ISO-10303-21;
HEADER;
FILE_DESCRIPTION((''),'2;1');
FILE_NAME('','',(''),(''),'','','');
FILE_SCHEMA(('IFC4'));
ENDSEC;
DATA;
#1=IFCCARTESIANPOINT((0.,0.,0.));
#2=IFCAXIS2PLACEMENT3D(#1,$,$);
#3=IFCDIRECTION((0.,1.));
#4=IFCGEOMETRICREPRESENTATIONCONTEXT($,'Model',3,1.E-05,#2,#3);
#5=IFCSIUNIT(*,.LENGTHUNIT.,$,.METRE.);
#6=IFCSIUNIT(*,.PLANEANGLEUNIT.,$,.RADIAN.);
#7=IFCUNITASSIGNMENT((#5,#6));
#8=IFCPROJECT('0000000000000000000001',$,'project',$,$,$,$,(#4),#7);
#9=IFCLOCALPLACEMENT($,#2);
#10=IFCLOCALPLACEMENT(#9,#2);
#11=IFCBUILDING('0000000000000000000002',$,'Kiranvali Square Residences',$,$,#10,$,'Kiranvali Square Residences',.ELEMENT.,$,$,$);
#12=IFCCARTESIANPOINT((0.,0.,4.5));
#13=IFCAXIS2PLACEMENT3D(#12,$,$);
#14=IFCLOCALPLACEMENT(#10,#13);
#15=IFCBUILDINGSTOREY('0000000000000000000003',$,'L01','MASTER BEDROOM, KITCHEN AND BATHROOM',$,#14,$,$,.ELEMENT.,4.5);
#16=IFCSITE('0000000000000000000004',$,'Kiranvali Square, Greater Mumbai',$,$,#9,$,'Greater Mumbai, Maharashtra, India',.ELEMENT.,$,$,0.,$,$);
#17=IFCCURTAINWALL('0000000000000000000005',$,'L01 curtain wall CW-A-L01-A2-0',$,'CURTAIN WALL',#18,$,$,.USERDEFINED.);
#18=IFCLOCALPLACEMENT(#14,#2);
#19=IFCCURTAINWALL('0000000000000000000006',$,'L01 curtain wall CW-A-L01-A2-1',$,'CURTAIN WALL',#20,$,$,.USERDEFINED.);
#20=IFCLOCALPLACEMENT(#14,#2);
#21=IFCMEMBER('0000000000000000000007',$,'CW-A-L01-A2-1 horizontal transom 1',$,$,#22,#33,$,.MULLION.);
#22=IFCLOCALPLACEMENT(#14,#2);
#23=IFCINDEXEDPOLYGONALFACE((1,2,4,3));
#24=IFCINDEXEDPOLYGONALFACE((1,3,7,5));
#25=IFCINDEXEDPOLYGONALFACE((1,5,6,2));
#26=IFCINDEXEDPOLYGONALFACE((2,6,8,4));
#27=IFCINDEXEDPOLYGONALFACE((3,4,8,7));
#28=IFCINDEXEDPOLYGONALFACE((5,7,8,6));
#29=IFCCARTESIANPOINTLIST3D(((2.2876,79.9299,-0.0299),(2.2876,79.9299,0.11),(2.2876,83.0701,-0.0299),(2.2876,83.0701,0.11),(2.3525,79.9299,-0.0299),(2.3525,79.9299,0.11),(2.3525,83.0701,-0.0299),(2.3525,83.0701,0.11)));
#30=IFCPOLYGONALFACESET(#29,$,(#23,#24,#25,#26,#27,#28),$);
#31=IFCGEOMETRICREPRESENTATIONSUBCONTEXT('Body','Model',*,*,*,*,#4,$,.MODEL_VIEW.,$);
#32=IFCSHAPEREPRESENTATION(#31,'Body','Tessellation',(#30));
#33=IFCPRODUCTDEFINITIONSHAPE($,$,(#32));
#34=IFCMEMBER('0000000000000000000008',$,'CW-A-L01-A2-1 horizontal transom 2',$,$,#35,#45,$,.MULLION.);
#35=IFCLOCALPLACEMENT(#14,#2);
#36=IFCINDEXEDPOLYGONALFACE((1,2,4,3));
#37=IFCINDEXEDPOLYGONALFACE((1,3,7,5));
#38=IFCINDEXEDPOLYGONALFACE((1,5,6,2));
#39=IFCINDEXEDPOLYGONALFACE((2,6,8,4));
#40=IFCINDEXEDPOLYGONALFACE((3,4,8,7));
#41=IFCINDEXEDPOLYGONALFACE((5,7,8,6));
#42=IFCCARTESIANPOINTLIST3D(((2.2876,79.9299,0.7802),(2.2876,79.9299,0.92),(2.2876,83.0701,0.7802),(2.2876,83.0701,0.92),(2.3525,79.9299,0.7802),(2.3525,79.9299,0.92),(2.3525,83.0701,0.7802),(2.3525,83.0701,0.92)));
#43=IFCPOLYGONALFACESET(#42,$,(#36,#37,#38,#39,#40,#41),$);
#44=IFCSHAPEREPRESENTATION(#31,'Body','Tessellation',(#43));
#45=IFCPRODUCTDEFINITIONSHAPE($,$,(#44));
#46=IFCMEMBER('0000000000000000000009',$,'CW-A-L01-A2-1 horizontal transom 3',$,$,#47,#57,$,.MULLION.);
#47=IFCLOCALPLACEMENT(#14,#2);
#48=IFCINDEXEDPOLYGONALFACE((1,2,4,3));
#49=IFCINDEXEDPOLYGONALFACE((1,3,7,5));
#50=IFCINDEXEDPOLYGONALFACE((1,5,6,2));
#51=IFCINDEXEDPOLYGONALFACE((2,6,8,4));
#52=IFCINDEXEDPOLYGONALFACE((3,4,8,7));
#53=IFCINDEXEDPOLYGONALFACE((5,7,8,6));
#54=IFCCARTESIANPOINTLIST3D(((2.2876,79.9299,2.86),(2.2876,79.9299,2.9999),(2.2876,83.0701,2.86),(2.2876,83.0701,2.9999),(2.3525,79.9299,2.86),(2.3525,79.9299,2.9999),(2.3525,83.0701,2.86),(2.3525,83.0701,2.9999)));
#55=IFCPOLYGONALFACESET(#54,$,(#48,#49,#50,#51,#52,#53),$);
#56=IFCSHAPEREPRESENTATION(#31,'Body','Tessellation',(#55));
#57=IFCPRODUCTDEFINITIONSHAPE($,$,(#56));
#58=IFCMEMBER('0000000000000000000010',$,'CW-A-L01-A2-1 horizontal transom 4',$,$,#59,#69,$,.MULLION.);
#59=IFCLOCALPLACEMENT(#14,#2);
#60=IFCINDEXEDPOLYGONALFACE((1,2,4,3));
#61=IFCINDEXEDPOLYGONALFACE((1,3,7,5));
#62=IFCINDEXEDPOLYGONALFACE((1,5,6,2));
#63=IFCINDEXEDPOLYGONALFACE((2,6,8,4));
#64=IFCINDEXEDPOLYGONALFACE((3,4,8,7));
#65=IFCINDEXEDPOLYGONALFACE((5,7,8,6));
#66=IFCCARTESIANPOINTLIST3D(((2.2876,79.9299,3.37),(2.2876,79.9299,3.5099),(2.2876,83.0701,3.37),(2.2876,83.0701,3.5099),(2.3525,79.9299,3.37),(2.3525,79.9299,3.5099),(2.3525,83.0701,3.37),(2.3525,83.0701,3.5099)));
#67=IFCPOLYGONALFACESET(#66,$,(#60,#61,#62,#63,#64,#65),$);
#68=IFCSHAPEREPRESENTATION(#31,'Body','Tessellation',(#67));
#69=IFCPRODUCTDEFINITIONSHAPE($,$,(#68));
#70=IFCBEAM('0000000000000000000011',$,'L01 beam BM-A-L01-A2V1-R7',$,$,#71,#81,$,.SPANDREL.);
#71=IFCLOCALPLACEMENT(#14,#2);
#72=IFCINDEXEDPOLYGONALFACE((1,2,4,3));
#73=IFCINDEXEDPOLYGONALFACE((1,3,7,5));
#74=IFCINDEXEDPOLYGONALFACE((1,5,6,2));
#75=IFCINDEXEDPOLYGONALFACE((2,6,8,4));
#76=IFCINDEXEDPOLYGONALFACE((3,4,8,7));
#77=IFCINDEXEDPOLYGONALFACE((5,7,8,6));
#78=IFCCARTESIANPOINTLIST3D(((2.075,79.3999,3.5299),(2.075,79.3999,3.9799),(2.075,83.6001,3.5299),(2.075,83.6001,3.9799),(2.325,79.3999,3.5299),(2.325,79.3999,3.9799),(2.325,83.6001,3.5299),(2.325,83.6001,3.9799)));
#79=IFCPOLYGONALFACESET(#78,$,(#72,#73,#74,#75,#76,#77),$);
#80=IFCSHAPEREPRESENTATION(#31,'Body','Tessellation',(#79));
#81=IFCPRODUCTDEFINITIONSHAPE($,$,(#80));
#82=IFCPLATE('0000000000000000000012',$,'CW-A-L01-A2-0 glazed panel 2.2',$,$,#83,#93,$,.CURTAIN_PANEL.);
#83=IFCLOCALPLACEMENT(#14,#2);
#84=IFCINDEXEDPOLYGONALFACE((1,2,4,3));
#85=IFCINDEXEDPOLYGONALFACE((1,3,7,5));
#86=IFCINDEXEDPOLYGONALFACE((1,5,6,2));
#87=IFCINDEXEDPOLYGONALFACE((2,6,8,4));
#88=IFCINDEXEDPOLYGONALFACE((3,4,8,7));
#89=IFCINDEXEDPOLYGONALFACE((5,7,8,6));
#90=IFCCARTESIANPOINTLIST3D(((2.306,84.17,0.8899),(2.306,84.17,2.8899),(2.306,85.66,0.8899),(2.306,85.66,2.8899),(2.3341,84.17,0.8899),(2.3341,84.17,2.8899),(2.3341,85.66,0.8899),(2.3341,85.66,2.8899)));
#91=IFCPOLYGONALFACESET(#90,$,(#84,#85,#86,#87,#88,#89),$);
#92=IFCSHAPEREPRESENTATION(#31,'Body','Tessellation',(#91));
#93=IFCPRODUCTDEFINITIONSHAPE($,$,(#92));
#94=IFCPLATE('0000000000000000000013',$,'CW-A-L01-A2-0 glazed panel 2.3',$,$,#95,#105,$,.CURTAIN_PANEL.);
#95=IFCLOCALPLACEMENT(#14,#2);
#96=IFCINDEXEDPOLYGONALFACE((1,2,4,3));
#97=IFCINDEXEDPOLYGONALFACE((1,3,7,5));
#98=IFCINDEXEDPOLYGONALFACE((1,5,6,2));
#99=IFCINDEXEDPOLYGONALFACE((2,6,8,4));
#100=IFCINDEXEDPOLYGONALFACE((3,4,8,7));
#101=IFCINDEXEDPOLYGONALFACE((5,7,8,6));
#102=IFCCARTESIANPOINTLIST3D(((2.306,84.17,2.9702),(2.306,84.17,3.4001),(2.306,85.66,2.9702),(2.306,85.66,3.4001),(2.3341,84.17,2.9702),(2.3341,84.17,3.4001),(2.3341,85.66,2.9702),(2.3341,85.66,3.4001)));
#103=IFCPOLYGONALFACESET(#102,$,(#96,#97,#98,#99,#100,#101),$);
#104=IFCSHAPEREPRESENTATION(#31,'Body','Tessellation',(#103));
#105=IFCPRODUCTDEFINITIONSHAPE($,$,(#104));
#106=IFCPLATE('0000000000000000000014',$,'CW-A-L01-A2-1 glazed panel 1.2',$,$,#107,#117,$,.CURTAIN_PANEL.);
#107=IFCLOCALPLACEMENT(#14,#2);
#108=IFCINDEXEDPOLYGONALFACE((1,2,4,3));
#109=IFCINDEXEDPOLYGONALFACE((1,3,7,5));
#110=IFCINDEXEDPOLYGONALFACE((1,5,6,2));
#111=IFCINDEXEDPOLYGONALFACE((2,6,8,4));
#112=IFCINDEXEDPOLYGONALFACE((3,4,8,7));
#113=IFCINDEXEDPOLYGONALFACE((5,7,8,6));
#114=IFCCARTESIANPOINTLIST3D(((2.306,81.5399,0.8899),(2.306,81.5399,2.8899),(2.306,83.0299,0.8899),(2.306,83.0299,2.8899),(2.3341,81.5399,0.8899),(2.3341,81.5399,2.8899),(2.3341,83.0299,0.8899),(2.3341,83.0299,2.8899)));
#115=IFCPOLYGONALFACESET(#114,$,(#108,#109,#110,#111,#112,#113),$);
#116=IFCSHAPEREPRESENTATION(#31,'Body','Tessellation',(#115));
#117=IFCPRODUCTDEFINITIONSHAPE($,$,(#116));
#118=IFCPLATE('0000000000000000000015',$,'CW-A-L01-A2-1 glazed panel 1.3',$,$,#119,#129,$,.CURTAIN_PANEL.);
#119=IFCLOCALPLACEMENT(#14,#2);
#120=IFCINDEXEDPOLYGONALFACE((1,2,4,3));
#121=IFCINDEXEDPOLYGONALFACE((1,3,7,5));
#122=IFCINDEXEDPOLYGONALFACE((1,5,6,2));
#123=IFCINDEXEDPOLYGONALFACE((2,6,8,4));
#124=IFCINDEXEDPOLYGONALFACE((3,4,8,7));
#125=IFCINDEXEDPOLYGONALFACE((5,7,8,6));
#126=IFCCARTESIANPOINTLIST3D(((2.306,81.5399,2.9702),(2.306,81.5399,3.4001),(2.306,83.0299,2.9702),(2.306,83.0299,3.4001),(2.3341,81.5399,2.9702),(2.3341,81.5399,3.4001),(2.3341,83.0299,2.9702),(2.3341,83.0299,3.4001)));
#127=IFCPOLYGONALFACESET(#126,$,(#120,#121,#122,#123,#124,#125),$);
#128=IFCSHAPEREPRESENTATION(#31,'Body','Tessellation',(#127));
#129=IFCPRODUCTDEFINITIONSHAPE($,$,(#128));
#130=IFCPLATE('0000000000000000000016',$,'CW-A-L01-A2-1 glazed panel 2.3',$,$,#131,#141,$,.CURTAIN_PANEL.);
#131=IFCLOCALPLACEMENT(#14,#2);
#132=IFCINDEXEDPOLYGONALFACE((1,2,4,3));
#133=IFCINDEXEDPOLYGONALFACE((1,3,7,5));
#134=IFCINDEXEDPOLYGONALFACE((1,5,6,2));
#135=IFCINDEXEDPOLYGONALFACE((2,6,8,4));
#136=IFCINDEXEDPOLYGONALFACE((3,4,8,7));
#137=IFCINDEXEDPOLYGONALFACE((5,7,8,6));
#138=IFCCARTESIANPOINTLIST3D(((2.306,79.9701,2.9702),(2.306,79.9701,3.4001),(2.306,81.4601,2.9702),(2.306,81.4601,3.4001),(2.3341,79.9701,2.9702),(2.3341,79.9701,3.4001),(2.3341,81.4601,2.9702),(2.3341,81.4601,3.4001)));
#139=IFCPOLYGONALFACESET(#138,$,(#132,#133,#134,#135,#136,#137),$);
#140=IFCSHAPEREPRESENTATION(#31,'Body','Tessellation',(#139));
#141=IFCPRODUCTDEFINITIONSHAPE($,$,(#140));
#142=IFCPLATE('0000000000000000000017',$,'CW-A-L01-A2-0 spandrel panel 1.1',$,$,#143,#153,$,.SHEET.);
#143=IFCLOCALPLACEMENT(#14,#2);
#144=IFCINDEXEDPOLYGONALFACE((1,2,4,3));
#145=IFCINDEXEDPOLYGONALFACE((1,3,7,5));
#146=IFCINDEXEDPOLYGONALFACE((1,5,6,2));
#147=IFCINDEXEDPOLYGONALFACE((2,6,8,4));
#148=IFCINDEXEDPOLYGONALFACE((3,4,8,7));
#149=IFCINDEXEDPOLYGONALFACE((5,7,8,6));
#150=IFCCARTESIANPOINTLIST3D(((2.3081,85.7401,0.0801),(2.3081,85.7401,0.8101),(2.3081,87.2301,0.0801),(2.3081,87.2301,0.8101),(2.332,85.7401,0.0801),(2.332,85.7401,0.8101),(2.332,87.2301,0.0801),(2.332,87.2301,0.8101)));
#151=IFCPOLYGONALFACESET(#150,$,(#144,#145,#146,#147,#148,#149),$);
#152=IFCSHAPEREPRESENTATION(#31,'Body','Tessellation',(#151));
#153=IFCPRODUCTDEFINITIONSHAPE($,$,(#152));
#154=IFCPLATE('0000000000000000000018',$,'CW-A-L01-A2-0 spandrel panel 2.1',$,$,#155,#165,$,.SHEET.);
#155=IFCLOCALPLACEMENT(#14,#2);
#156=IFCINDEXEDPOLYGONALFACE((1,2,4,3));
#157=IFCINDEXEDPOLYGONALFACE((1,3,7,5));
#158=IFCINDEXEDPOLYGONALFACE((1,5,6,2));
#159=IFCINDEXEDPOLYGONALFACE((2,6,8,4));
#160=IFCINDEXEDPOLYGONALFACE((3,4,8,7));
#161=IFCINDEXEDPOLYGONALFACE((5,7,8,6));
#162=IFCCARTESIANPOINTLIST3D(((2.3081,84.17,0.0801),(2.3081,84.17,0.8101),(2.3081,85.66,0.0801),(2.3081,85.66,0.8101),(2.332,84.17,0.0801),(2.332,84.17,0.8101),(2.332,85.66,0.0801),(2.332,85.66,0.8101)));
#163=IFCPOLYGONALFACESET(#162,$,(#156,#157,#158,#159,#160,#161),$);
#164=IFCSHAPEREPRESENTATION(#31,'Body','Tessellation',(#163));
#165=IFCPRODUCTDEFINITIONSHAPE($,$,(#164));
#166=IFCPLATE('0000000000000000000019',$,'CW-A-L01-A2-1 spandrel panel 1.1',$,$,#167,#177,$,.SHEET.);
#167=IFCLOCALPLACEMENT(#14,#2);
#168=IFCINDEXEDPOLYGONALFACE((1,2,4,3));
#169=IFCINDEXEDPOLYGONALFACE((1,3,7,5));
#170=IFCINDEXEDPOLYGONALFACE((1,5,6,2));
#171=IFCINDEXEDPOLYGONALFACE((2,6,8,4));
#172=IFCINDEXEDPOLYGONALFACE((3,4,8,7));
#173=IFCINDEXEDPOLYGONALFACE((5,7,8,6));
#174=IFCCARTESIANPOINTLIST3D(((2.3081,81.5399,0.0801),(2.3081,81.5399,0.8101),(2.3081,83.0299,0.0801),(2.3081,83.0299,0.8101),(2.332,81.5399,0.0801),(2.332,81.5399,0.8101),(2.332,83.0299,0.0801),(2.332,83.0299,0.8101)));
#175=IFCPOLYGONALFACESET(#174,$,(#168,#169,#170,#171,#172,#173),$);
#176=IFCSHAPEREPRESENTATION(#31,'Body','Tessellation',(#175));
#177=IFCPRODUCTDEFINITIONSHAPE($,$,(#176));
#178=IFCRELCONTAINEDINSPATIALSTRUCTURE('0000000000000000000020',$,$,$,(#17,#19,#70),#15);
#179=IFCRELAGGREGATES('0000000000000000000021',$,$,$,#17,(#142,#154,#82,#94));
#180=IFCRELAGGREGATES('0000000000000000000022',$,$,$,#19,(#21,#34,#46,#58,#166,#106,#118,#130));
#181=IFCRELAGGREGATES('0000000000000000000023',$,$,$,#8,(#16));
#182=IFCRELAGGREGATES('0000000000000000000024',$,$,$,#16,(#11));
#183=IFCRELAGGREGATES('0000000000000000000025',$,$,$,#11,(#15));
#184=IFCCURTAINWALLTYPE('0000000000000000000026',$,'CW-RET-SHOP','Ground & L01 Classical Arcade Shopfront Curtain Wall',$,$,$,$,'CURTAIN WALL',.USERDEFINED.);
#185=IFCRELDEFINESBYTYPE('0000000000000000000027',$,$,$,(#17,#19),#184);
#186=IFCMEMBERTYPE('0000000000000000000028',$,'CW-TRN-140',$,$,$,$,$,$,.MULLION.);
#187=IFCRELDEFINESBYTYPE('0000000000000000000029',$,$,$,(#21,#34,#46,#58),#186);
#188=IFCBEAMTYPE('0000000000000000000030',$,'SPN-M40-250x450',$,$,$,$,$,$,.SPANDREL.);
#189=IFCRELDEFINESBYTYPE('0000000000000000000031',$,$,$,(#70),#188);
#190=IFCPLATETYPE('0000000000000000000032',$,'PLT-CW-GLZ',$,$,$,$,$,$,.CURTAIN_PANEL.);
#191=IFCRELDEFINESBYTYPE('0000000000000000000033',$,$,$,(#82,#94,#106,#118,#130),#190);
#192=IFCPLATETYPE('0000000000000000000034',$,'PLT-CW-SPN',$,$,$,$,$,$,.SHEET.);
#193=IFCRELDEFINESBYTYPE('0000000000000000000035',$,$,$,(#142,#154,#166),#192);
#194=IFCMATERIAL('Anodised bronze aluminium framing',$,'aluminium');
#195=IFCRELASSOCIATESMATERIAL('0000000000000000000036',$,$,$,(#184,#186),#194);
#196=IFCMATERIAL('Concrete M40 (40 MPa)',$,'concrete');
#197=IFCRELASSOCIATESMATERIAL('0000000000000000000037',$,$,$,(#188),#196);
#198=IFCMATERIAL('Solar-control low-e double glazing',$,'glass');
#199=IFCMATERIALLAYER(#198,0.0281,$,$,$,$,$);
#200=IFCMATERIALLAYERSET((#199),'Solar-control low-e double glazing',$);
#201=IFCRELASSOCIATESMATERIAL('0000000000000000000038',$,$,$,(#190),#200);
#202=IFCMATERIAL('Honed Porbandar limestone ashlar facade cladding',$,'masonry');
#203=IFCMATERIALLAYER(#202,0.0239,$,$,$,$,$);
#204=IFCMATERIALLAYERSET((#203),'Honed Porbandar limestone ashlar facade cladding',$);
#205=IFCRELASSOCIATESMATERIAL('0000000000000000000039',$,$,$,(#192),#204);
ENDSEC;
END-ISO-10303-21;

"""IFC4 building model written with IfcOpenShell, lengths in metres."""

from ifc_helpers import new_model, si_unit, direction, frame, origin, origin_2d, place, context, subcontext, project, spatial, rectangle, extrude, material, layer, layer_set, material_profile, profile_set, type_object, element, aggregate, save


model = new_model("IFC4")

# Units and contexts
model_context = context("Model", 3, precision=1e-05, world=origin(), true_north=direction((0.0, 1.0)))
body_context = subcontext(model_context, "Body", "Model", "MODEL_VIEW")
ifc_project = project(units=[si_unit("LENGTHUNIT", "METRE"), si_unit("PLANEANGLEUNIT", "RADIAN")], contexts=[model_context])

# Site, building, storey
site_placement = place(None, origin())
site = spatial("IfcSite", under=ifc_project, at=site_placement, Name="Kiranvali Square, Greater Mumbai", LongName="Greater Mumbai, Maharashtra, India", CompositionType="ELEMENT", RefElevation=0.0)
building_placement = place(site_placement, origin())
building = spatial("IfcBuilding", under=site, at=building_placement, Name="Kiranvali Square Residences", LongName="Kiranvali Square Residences", CompositionType="ELEMENT")
storey_placement = place(building_placement, frame((0.0, 0.0, 4.5)))
storey = spatial("IfcBuildingStorey", under=building, at=storey_placement, Name="L01", Description="MASTER BEDROOM, KITCHEN AND BATHROOM", CompositionType="ELEMENT", Elevation=4.5)

# Shared definitions
ifc_material_1 = material(Name="Concrete M40 (40 MPa)", Category="concrete")

# Curtain walls, members
ifc_material_2 = material(Name="Anodised bronze aluminium framing", Category="aluminium")
curtain_wall_type = type_object("IfcCurtainWallType", Name="CW-RET-SHOP", Description="Ground & L01 Classical Arcade Shopfront Curtain Wall", ElementType="CURTAIN WALL", PredefinedType="USERDEFINED", material=ifc_material_2)
curtain_wall_1_placement = place(storey_placement, origin())
curtain_wall_1 = element("IfcCurtainWall", 1, at=curtain_wall_1_placement, inside=storey, type_object=curtain_wall_type, Name="L01 curtain wall CW-A-L01-A2-0", ObjectType="CURTAIN WALL", PredefinedType="USERDEFINED")
curtain_wall_2_placement = place(storey_placement, origin())
curtain_wall_2 = element("IfcCurtainWall", 2, at=curtain_wall_2_placement, inside=storey, type_object=curtain_wall_type, Name="L01 curtain wall CW-A-L01-A2-1", ObjectType="CURTAIN WALL", PredefinedType="USERDEFINED")
ifc_material_profile_1 = material_profile(ifc_material_2, rectangle(XDim=0.0649, YDim=0.1399, at=origin_2d()), Name="ALU 65x140")
ifc_profile_set_1 = profile_set([ifc_material_profile_1], Name="Anodised bronze aluminium framing")
member_type_1 = type_object("IfcMemberType", Name="CW-TRN-140", PredefinedType="MULLION", material=ifc_profile_set_1)
member_1_placement = place(storey_placement, frame((2.3201, 83.0701, 0.04), z_axis=(0.0, -1.0, 0.0), x_axis=(1.0, 0.0, 0.0)))
member_1 = element("IfcMember", 3, at=member_1_placement, type_object=member_type_1, Name="CW-A-L01-A2-1 horizontal transom 1", PredefinedType="MULLION", context=body_context, shape_type="SweptSolid", body=[
    extrude(rectangle(XDim=0.0649, YDim=0.1399, at=origin_2d()), origin(), (0.0, 0.0, 1.0), 3.1401),
])
member_2_placement = place(storey_placement, frame((2.3201, 83.0701, 0.8501), z_axis=(0.0, -1.0, 0.0), x_axis=(1.0, 0.0, 0.0)))
member_2 = element("IfcMember", 4, at=member_2_placement, type_object=member_type_1, Name="CW-A-L01-A2-1 horizontal transom 2", PredefinedType="MULLION", context=body_context, shape_type="SweptSolid", body=[
    extrude(rectangle(XDim=0.0649, YDim=0.1399, at=origin_2d()), origin(), (0.0, 0.0, 1.0), 3.1401),
])
member_3_placement = place(storey_placement, frame((2.3201, 83.0701, 2.9299), z_axis=(0.0, -1.0, 0.0), x_axis=(1.0, 0.0, 0.0)))
member_3 = element("IfcMember", 5, at=member_3_placement, type_object=member_type_1, Name="CW-A-L01-A2-1 horizontal transom 3", PredefinedType="MULLION", context=body_context, shape_type="SweptSolid", body=[
    extrude(rectangle(XDim=0.0649, YDim=0.1399, at=origin_2d()), origin(), (0.0, 0.0, 1.0), 3.1401),
])
member_4_placement = place(storey_placement, frame((2.3201, 83.0701, 3.4399), z_axis=(0.0, -1.0, 0.0), x_axis=(1.0, 0.0, 0.0)))
member_4 = element("IfcMember", 6, at=member_4_placement, type_object=member_type_1, Name="CW-A-L01-A2-1 horizontal transom 4", PredefinedType="MULLION", context=body_context, shape_type="SweptSolid", body=[
    extrude(rectangle(XDim=0.0649, YDim=0.1399, at=origin_2d()), origin(), (0.0, 0.0, 1.0), 3.1401),
])

# Beam
ifc_material_profile_2 = material_profile(ifc_material_1, rectangle(XDim=0.25, YDim=0.45, at=origin_2d()), Name="RC 250x450")
ifc_profile_set_2 = profile_set([ifc_material_profile_2], Name="Concrete M40 (40 MPa)")
beam_type_1 = type_object("IfcBeamType", Name="SPN-M40-250x450", PredefinedType="SPANDREL", material=ifc_profile_set_2)
beam_placement = place(storey_placement, frame((2.2, 83.6001, 3.7549), z_axis=(0.0, -1.0, 0.0), x_axis=(1.0, 0.0, 0.0)))
element("IfcBeam", 7, at=beam_placement, inside=storey, type_object=beam_type_1, Name="L01 beam BM-A-L01-A2V1-R7", PredefinedType="SPANDREL", context=body_context, shape_type="SweptSolid", body=[
    extrude(rectangle(XDim=0.25, YDim=0.45, at=origin_2d()), origin(), (0.0, 0.0, 1.0), 4.2002),
])

# Plates
ifc_material_3 = material(Name="Solar-control low-e double glazing", Category="glass")
ifc_layer_1 = layer(ifc_material_3, 0.0281)
ifc_layer_set_1 = layer_set([ifc_layer_1], Name="Solar-control low-e double glazing")
plate_type_1 = type_object("IfcPlateType", Name="PLT-CW-GLZ", PredefinedType="CURTAIN_PANEL", material=ifc_layer_set_1)
plate_1_placement = place(storey_placement, frame((2.3201, 84.915, 0.8899), z_axis=(0.0, 0.0, 1.0), x_axis=(0.0, -1.0, 0.0)))
plate_1 = element("IfcPlate", 8, at=plate_1_placement, type_object=plate_type_1, Name="CW-A-L01-A2-0 glazed panel 2.2", PredefinedType="CURTAIN_PANEL", context=body_context, shape_type="SweptSolid", body=[
    extrude(rectangle(XDim=1.49, YDim=0.0281, at=origin_2d()), origin(), (0.0, 0.0, 1.0), 2.0),
])
plate_2_placement = place(storey_placement, frame((2.3201, 84.915, 2.9702), z_axis=(0.0, 0.0, 1.0), x_axis=(0.0, -1.0, 0.0)))
plate_2 = element("IfcPlate", 9, at=plate_2_placement, type_object=plate_type_1, Name="CW-A-L01-A2-0 glazed panel 2.3", PredefinedType="CURTAIN_PANEL", context=body_context, shape_type="SweptSolid", body=[
    extrude(rectangle(XDim=1.49, YDim=0.0281, at=origin_2d()), origin(), (0.0, 0.0, 1.0), 0.4299),
])
plate_3_placement = place(storey_placement, frame((2.3201, 82.2849, 0.8899), z_axis=(0.0, 0.0, 1.0), x_axis=(0.0, -1.0, 0.0)))
plate_3 = element("IfcPlate", 10, at=plate_3_placement, type_object=plate_type_1, Name="CW-A-L01-A2-1 glazed panel 1.2", PredefinedType="CURTAIN_PANEL", context=body_context, shape_type="SweptSolid", body=[
    extrude(rectangle(XDim=1.49, YDim=0.0281, at=origin_2d()), origin(), (0.0, 0.0, 1.0), 2.0),
])
plate_4_placement = place(storey_placement, frame((2.3201, 82.2849, 2.9702), z_axis=(0.0, 0.0, 1.0), x_axis=(0.0, -1.0, 0.0)))
plate_4 = element("IfcPlate", 11, at=plate_4_placement, type_object=plate_type_1, Name="CW-A-L01-A2-1 glazed panel 1.3", PredefinedType="CURTAIN_PANEL", context=body_context, shape_type="SweptSolid", body=[
    extrude(rectangle(XDim=1.49, YDim=0.0281, at=origin_2d()), origin(), (0.0, 0.0, 1.0), 0.4299),
])
plate_5_placement = place(storey_placement, frame((2.3201, 80.7151, 2.9702), z_axis=(0.0, 0.0, 1.0), x_axis=(0.0, -1.0, 0.0)))
plate_5 = element("IfcPlate", 12, at=plate_5_placement, type_object=plate_type_1, Name="CW-A-L01-A2-1 glazed panel 2.3", PredefinedType="CURTAIN_PANEL", context=body_context, shape_type="SweptSolid", body=[
    extrude(rectangle(XDim=1.49, YDim=0.0281, at=origin_2d()), origin(), (0.0, 0.0, 1.0), 0.4299),
])
ifc_material_4 = material(Name="Honed Porbandar limestone ashlar facade cladding", Category="masonry")
ifc_layer_2 = layer(ifc_material_4, 0.0239)
ifc_layer_set_2 = layer_set([ifc_layer_2], Name="Honed Porbandar limestone ashlar facade cladding")
plate_type_2 = type_object("IfcPlateType", Name="PLT-CW-SPN", PredefinedType="SHEET", material=ifc_layer_set_2)
plate_6_placement = place(storey_placement, frame((2.3201, 86.4851, 0.0801), z_axis=(0.0, 0.0, 1.0), x_axis=(0.0, -1.0, 0.0)))
plate_6 = element("IfcPlate", 13, at=plate_6_placement, type_object=plate_type_2, Name="CW-A-L01-A2-0 spandrel panel 1.1", PredefinedType="SHEET", context=body_context, shape_type="SweptSolid", body=[
    extrude(rectangle(XDim=1.49, YDim=0.0239, at=origin_2d()), origin(), (0.0, 0.0, 1.0), 0.73),
])
plate_7_placement = place(storey_placement, frame((2.3201, 84.915, 0.0801), z_axis=(0.0, 0.0, 1.0), x_axis=(0.0, -1.0, 0.0)))
plate_7 = element("IfcPlate", 14, at=plate_7_placement, type_object=plate_type_2, Name="CW-A-L01-A2-0 spandrel panel 2.1", PredefinedType="SHEET", context=body_context, shape_type="SweptSolid", body=[
    extrude(rectangle(XDim=1.49, YDim=0.0239, at=origin_2d()), origin(), (0.0, 0.0, 1.0), 0.73),
])
aggregate(curtain_wall_1, [plate_6, plate_7, plate_1, plate_2])
plate_8_placement = place(storey_placement, frame((2.3201, 82.2849, 0.0801), z_axis=(0.0, 0.0, 1.0), x_axis=(0.0, -1.0, 0.0)))
plate_8 = element("IfcPlate", 15, at=plate_8_placement, type_object=plate_type_2, Name="CW-A-L01-A2-1 spandrel panel 1.1", PredefinedType="SHEET", context=body_context, shape_type="SweptSolid", body=[
    extrude(rectangle(XDim=1.49, YDim=0.0239, at=origin_2d()), origin(), (0.0, 0.0, 1.0), 0.73),
])
aggregate(curtain_wall_2, [member_1, member_2, member_3, member_4, plate_8, plate_3, plate_4, plate_5])

save(model, "model.ifc")
